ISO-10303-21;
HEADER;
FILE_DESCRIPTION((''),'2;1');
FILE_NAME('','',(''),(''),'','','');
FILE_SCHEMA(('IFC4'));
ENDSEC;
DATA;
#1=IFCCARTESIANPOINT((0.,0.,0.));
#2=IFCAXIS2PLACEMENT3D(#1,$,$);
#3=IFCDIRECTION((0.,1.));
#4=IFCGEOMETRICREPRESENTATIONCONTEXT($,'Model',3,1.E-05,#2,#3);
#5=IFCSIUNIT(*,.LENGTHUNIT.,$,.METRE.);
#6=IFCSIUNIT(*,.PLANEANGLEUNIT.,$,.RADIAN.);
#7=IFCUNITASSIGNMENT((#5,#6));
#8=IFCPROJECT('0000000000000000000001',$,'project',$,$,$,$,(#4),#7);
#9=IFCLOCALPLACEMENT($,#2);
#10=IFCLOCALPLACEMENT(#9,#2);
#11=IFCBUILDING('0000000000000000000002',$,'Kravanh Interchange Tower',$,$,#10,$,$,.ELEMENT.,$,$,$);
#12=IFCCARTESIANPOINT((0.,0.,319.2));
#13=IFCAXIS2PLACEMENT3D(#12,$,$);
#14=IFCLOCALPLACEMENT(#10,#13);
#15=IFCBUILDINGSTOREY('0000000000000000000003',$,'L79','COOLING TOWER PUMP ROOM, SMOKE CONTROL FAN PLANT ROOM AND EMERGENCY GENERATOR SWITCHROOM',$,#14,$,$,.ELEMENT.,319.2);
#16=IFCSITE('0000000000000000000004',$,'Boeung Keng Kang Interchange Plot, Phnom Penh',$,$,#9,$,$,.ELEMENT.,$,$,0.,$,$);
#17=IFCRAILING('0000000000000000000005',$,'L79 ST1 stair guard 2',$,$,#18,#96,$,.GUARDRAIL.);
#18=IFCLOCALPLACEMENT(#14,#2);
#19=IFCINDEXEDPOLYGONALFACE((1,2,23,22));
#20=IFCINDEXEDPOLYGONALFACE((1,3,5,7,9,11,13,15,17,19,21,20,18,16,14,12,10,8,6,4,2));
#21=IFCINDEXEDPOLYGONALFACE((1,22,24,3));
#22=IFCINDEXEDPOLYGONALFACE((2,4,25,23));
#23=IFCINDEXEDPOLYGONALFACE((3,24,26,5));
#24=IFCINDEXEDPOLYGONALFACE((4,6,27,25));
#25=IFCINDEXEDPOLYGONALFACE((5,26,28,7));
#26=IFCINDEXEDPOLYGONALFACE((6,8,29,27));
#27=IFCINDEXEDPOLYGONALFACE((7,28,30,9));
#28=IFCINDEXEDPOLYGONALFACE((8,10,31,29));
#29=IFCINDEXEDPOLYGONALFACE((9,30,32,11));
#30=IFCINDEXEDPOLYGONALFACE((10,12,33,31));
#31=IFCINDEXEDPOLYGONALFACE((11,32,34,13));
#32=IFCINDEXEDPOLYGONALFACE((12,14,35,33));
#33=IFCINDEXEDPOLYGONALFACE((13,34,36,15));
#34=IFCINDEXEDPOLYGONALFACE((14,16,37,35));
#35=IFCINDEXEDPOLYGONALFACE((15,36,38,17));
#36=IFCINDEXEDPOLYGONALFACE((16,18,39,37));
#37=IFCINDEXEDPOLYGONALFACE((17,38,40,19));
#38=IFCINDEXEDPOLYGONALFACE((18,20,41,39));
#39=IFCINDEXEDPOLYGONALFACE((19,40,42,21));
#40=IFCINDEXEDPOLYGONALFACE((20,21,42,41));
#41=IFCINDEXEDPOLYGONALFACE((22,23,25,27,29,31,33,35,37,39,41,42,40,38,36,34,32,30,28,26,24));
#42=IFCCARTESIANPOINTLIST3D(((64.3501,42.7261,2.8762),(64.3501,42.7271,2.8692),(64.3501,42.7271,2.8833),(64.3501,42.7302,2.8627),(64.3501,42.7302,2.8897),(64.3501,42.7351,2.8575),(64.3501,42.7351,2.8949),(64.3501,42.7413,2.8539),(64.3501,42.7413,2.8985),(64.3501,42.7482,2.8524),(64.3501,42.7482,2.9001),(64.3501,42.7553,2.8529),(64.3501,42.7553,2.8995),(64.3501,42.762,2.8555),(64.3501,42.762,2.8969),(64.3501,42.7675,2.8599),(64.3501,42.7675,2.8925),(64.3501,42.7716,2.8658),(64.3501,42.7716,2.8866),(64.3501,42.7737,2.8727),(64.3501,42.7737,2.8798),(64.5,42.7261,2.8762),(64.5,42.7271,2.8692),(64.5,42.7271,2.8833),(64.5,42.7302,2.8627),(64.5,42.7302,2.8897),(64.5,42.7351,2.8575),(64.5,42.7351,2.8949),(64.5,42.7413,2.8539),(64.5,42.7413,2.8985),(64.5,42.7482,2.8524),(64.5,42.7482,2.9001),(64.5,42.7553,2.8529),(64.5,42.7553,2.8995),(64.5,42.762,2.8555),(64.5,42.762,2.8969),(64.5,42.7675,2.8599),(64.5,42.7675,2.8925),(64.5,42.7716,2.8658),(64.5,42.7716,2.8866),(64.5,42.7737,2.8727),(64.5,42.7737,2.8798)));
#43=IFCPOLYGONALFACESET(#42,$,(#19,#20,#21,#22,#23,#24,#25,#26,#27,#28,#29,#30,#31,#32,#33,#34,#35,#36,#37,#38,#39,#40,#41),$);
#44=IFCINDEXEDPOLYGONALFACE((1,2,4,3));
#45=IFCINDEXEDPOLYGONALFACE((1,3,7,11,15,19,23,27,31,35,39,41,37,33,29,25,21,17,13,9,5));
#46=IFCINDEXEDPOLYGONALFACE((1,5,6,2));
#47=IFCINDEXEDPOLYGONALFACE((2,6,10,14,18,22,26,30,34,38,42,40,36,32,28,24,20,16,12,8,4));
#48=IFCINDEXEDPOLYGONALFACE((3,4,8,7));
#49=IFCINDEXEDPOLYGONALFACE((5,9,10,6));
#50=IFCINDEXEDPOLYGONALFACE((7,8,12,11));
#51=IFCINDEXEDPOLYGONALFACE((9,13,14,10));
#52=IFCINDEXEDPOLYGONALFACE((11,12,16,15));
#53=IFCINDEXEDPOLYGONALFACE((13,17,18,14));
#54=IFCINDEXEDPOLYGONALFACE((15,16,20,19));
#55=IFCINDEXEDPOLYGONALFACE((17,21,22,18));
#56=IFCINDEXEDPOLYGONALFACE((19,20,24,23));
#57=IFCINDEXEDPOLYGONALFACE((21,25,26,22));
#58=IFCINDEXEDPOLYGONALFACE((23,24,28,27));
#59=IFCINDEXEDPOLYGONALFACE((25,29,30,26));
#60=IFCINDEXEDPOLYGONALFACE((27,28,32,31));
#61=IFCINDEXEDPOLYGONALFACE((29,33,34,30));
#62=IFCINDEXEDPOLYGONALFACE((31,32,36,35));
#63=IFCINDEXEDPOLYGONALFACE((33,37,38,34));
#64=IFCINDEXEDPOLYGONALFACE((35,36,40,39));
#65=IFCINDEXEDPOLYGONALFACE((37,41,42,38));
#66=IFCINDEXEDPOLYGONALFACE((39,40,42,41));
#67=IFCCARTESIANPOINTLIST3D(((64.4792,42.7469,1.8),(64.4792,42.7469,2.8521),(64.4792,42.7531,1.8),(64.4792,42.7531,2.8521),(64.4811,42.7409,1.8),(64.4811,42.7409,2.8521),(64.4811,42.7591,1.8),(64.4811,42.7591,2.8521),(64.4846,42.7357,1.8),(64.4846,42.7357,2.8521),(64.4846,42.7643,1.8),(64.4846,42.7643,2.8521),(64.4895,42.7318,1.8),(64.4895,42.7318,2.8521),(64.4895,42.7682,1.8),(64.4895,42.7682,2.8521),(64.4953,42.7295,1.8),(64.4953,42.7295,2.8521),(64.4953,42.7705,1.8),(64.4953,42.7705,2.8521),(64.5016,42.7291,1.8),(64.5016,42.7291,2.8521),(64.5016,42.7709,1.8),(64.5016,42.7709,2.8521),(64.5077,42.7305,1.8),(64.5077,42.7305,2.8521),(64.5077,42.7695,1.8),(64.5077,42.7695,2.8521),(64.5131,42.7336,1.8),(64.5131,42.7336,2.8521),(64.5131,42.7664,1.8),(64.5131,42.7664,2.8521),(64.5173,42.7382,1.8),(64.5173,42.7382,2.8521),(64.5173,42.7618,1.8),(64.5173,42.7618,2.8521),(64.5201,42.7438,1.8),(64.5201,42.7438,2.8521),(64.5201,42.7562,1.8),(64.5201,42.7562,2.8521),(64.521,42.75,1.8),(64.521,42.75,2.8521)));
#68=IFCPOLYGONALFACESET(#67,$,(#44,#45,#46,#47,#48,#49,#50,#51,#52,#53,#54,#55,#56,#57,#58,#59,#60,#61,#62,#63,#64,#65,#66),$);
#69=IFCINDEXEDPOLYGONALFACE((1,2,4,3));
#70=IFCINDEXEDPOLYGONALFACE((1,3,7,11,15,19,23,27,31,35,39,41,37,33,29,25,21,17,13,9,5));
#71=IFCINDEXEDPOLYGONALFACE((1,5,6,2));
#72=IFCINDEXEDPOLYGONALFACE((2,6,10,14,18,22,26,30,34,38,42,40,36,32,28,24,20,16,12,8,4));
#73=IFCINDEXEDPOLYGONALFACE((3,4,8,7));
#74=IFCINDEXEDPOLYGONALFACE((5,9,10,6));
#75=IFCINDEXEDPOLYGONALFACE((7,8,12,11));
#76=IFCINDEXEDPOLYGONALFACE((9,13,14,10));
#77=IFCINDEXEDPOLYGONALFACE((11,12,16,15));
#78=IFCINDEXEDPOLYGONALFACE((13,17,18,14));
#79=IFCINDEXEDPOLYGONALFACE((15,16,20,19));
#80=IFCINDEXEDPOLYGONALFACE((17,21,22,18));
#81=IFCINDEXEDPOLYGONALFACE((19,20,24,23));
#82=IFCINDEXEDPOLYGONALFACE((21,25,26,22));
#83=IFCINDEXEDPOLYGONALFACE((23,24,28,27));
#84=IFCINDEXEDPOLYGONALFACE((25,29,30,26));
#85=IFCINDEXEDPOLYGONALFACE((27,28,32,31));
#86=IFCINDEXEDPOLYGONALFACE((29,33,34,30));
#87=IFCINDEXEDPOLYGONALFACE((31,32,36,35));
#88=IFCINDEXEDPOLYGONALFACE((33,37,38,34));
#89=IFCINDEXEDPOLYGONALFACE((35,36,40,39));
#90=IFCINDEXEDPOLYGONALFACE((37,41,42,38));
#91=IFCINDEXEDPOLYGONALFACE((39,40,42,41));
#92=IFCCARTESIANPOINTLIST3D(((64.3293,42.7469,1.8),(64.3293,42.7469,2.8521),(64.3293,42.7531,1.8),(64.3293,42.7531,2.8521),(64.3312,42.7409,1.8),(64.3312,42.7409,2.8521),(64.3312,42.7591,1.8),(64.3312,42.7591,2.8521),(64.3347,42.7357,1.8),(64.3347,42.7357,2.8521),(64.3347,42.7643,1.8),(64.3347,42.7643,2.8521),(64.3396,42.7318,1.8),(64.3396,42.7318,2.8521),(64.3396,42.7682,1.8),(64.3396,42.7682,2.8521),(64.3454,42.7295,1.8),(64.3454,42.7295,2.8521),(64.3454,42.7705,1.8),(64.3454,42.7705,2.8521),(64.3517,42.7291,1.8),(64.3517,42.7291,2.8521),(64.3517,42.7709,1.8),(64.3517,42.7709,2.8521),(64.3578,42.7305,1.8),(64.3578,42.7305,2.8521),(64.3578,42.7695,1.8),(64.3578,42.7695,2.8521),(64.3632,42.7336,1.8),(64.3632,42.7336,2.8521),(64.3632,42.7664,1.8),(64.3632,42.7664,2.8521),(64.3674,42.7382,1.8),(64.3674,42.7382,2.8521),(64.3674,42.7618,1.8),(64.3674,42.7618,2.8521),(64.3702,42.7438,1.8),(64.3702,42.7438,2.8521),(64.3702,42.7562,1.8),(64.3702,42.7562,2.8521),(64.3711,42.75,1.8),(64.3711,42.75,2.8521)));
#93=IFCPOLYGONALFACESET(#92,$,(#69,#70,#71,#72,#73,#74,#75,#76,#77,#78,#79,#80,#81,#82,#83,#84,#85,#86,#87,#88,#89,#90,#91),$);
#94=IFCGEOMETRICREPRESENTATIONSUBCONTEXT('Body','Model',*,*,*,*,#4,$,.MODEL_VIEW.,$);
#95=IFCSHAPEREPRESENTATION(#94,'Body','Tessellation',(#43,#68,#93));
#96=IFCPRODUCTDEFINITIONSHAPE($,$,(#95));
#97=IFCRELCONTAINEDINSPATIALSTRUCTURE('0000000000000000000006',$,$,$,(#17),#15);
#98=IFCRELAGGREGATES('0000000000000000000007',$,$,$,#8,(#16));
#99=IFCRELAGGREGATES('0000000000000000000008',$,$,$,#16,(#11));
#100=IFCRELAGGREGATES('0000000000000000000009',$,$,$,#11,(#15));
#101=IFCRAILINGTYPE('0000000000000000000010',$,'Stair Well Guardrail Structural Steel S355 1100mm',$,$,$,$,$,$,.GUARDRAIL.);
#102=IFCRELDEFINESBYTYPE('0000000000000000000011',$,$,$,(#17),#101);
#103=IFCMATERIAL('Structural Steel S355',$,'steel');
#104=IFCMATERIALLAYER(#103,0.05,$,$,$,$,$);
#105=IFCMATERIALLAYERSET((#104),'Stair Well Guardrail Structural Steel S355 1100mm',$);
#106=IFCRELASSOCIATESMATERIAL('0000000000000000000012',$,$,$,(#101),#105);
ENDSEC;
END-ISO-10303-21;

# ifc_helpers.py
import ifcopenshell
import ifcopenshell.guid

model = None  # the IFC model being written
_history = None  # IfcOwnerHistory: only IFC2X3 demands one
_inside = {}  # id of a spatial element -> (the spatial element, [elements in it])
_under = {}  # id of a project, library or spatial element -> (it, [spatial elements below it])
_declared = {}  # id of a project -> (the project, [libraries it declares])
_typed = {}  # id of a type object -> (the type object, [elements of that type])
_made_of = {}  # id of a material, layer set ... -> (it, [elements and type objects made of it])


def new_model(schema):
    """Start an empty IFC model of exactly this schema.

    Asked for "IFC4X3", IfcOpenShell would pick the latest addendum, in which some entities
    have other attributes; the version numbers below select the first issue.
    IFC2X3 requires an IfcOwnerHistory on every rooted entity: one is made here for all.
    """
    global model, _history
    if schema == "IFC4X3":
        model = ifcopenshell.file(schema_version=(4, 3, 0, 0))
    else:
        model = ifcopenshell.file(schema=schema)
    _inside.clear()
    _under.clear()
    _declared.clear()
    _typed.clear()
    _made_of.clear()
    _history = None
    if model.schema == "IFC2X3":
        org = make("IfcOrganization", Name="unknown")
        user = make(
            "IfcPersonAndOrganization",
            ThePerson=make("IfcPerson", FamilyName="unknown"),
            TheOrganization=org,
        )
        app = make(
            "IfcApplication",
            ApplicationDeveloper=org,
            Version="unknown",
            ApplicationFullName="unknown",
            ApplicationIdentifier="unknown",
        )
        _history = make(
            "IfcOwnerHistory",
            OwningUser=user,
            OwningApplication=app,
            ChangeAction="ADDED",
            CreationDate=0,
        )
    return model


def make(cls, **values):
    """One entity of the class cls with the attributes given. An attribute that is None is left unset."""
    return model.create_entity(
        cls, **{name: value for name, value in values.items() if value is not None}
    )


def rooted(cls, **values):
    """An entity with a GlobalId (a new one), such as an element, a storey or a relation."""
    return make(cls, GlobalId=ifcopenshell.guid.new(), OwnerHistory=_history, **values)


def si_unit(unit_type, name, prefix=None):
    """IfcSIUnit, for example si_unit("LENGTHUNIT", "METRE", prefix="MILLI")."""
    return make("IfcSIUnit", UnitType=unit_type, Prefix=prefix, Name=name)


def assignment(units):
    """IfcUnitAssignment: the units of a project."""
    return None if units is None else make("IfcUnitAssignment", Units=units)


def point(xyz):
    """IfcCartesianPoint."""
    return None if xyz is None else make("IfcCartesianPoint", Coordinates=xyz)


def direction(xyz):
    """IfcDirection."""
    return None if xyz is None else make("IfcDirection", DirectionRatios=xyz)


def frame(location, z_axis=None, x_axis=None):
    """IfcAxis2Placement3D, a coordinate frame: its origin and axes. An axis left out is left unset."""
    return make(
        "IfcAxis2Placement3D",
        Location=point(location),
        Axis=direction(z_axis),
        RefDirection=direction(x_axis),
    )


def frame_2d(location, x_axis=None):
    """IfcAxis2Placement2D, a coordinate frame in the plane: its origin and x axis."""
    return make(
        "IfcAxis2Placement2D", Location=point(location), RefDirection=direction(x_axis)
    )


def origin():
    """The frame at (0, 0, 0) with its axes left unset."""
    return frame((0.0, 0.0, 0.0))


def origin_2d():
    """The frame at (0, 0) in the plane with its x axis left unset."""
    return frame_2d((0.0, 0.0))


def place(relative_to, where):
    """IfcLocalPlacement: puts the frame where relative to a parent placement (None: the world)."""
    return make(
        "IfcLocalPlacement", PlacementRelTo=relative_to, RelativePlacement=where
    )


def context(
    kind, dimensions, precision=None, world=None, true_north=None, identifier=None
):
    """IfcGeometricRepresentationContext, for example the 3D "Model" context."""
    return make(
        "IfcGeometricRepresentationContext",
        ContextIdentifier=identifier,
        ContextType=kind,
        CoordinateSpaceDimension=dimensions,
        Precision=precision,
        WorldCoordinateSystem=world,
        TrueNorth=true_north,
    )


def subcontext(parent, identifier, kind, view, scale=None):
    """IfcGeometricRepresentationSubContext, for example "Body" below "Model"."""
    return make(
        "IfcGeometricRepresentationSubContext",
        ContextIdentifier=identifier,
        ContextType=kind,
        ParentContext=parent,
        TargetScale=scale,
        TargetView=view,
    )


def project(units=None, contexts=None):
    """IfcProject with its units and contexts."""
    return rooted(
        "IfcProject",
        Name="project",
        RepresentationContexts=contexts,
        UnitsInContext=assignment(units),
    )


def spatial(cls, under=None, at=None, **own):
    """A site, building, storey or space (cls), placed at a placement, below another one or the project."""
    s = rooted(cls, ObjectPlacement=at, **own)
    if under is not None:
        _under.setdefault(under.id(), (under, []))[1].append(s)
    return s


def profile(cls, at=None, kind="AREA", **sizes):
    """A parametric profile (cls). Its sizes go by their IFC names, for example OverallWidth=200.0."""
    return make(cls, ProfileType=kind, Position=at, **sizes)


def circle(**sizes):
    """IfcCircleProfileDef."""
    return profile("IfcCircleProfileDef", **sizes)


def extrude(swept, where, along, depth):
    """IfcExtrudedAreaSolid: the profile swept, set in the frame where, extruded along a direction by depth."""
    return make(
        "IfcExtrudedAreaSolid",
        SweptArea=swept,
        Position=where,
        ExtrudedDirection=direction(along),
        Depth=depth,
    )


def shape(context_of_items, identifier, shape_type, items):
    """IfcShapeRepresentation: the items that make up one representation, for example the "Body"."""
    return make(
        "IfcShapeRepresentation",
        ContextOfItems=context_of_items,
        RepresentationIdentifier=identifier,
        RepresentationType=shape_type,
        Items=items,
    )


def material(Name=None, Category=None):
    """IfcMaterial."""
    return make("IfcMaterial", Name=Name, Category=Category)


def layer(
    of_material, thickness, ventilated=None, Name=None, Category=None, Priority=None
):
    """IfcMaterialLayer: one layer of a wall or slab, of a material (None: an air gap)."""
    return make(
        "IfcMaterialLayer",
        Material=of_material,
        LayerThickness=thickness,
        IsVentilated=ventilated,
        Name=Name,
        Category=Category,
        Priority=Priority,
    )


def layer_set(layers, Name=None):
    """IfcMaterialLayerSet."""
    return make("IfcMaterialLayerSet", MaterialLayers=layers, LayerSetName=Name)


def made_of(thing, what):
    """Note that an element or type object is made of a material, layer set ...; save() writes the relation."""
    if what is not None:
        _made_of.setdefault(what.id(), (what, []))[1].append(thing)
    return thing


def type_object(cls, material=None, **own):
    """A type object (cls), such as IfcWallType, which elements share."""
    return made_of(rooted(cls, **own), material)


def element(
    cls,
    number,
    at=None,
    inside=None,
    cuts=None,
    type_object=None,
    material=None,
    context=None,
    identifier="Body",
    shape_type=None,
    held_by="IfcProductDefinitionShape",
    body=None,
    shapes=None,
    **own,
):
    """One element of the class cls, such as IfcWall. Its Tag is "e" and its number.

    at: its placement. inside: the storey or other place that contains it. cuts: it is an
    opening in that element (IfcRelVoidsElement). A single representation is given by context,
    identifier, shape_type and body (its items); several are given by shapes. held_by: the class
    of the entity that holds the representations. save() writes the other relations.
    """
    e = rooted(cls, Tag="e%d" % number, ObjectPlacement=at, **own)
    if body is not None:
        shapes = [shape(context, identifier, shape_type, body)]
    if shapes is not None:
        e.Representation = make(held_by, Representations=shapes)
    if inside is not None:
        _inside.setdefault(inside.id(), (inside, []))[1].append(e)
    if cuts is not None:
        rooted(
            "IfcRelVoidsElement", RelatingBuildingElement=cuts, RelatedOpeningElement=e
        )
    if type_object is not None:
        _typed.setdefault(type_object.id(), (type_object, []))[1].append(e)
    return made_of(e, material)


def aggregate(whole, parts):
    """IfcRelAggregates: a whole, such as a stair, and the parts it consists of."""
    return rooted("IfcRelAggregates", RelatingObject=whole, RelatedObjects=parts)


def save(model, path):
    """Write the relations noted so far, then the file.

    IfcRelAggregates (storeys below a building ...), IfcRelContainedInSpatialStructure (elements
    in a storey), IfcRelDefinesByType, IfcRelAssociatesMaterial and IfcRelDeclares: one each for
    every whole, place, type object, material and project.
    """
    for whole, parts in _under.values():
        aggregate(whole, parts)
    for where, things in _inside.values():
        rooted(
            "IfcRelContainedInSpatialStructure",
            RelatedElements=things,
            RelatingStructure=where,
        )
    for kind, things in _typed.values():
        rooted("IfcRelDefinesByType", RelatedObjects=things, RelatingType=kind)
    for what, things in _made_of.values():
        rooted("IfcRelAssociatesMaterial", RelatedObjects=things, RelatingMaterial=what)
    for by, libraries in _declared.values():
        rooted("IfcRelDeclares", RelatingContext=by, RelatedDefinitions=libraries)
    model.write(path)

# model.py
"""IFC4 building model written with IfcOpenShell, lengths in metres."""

from ifc_helpers import new_model, si_unit, direction, frame, origin, origin_2d, place, context, subcontext, project, spatial, circle, extrude, material, layer, layer_set, type_object, element, save


model = new_model("IFC4")

# Units and contexts
model_context = context("Model", 3, precision=1e-05, world=origin(), true_north=direction((0.0, 1.0)))
body_context = subcontext(model_context, "Body", "Model", "MODEL_VIEW")
ifc_project = project(units=[si_unit("LENGTHUNIT", "METRE"), si_unit("PLANEANGLEUNIT", "RADIAN")], contexts=[model_context])

# Site, building, storey
site_placement = place(None, origin())
site = spatial("IfcSite", under=ifc_project, at=site_placement, Name="Boeung Keng Kang Interchange Plot, Phnom Penh", CompositionType="ELEMENT", RefElevation=0.0)
building_placement = place(site_placement, origin())
building = spatial("IfcBuilding", under=site, at=building_placement, Name="Kravanh Interchange Tower", CompositionType="ELEMENT")
storey_placement = place(building_placement, frame((0.0, 0.0, 319.2)))
storey = spatial("IfcBuildingStorey", under=building, at=storey_placement, Name="L79", Description="COOLING TOWER PUMP ROOM, SMOKE CONTROL FAN PLANT ROOM AND EMERGENCY GENERATOR SWITCHROOM", CompositionType="ELEMENT", Elevation=319.2)

# Railing
ifc_material_1 = material(Name="Structural Steel S355", Category="steel")
ifc_layer_1 = layer(ifc_material_1, 0.05)
ifc_layer_set_1 = layer_set([ifc_layer_1], Name="Stair Well Guardrail Structural Steel S355 1100mm")
railing_type_1 = type_object("IfcRailingType", Name="Stair Well Guardrail Structural Steel S355 1100mm", PredefinedType="GUARDRAIL", material=ifc_layer_set_1)
railing_1_placement = place(storey_placement, frame((64.5, 42.75, 1.8)))
element("IfcRailing", 1, at=railing_1_placement, inside=storey, type_object=railing_type_1, Name="L79 ST1 stair guard 2", PredefinedType="GUARDRAIL", context=body_context, shape_type="SweptSolid", body=[
    extrude(circle(Radius=0.0239, at=origin_2d()), frame((0.0, 0.0, 1.0762), z_axis=(-1.0, 0.0, 0.0), x_axis=(0.0, -1.0, 0.0)), (0.0, 0.0, 1.0), 0.1499),
    extrude(circle(Radius=0.021, at=origin_2d()), origin(), (0.0, 0.0, 1.0), 1.052),
    extrude(circle(Radius=0.021, at=origin_2d()), frame((-0.1499, 0.0, 0.0)), (0.0, 0.0, 1.0), 1.052),
])

save(model, "model.ifc")
